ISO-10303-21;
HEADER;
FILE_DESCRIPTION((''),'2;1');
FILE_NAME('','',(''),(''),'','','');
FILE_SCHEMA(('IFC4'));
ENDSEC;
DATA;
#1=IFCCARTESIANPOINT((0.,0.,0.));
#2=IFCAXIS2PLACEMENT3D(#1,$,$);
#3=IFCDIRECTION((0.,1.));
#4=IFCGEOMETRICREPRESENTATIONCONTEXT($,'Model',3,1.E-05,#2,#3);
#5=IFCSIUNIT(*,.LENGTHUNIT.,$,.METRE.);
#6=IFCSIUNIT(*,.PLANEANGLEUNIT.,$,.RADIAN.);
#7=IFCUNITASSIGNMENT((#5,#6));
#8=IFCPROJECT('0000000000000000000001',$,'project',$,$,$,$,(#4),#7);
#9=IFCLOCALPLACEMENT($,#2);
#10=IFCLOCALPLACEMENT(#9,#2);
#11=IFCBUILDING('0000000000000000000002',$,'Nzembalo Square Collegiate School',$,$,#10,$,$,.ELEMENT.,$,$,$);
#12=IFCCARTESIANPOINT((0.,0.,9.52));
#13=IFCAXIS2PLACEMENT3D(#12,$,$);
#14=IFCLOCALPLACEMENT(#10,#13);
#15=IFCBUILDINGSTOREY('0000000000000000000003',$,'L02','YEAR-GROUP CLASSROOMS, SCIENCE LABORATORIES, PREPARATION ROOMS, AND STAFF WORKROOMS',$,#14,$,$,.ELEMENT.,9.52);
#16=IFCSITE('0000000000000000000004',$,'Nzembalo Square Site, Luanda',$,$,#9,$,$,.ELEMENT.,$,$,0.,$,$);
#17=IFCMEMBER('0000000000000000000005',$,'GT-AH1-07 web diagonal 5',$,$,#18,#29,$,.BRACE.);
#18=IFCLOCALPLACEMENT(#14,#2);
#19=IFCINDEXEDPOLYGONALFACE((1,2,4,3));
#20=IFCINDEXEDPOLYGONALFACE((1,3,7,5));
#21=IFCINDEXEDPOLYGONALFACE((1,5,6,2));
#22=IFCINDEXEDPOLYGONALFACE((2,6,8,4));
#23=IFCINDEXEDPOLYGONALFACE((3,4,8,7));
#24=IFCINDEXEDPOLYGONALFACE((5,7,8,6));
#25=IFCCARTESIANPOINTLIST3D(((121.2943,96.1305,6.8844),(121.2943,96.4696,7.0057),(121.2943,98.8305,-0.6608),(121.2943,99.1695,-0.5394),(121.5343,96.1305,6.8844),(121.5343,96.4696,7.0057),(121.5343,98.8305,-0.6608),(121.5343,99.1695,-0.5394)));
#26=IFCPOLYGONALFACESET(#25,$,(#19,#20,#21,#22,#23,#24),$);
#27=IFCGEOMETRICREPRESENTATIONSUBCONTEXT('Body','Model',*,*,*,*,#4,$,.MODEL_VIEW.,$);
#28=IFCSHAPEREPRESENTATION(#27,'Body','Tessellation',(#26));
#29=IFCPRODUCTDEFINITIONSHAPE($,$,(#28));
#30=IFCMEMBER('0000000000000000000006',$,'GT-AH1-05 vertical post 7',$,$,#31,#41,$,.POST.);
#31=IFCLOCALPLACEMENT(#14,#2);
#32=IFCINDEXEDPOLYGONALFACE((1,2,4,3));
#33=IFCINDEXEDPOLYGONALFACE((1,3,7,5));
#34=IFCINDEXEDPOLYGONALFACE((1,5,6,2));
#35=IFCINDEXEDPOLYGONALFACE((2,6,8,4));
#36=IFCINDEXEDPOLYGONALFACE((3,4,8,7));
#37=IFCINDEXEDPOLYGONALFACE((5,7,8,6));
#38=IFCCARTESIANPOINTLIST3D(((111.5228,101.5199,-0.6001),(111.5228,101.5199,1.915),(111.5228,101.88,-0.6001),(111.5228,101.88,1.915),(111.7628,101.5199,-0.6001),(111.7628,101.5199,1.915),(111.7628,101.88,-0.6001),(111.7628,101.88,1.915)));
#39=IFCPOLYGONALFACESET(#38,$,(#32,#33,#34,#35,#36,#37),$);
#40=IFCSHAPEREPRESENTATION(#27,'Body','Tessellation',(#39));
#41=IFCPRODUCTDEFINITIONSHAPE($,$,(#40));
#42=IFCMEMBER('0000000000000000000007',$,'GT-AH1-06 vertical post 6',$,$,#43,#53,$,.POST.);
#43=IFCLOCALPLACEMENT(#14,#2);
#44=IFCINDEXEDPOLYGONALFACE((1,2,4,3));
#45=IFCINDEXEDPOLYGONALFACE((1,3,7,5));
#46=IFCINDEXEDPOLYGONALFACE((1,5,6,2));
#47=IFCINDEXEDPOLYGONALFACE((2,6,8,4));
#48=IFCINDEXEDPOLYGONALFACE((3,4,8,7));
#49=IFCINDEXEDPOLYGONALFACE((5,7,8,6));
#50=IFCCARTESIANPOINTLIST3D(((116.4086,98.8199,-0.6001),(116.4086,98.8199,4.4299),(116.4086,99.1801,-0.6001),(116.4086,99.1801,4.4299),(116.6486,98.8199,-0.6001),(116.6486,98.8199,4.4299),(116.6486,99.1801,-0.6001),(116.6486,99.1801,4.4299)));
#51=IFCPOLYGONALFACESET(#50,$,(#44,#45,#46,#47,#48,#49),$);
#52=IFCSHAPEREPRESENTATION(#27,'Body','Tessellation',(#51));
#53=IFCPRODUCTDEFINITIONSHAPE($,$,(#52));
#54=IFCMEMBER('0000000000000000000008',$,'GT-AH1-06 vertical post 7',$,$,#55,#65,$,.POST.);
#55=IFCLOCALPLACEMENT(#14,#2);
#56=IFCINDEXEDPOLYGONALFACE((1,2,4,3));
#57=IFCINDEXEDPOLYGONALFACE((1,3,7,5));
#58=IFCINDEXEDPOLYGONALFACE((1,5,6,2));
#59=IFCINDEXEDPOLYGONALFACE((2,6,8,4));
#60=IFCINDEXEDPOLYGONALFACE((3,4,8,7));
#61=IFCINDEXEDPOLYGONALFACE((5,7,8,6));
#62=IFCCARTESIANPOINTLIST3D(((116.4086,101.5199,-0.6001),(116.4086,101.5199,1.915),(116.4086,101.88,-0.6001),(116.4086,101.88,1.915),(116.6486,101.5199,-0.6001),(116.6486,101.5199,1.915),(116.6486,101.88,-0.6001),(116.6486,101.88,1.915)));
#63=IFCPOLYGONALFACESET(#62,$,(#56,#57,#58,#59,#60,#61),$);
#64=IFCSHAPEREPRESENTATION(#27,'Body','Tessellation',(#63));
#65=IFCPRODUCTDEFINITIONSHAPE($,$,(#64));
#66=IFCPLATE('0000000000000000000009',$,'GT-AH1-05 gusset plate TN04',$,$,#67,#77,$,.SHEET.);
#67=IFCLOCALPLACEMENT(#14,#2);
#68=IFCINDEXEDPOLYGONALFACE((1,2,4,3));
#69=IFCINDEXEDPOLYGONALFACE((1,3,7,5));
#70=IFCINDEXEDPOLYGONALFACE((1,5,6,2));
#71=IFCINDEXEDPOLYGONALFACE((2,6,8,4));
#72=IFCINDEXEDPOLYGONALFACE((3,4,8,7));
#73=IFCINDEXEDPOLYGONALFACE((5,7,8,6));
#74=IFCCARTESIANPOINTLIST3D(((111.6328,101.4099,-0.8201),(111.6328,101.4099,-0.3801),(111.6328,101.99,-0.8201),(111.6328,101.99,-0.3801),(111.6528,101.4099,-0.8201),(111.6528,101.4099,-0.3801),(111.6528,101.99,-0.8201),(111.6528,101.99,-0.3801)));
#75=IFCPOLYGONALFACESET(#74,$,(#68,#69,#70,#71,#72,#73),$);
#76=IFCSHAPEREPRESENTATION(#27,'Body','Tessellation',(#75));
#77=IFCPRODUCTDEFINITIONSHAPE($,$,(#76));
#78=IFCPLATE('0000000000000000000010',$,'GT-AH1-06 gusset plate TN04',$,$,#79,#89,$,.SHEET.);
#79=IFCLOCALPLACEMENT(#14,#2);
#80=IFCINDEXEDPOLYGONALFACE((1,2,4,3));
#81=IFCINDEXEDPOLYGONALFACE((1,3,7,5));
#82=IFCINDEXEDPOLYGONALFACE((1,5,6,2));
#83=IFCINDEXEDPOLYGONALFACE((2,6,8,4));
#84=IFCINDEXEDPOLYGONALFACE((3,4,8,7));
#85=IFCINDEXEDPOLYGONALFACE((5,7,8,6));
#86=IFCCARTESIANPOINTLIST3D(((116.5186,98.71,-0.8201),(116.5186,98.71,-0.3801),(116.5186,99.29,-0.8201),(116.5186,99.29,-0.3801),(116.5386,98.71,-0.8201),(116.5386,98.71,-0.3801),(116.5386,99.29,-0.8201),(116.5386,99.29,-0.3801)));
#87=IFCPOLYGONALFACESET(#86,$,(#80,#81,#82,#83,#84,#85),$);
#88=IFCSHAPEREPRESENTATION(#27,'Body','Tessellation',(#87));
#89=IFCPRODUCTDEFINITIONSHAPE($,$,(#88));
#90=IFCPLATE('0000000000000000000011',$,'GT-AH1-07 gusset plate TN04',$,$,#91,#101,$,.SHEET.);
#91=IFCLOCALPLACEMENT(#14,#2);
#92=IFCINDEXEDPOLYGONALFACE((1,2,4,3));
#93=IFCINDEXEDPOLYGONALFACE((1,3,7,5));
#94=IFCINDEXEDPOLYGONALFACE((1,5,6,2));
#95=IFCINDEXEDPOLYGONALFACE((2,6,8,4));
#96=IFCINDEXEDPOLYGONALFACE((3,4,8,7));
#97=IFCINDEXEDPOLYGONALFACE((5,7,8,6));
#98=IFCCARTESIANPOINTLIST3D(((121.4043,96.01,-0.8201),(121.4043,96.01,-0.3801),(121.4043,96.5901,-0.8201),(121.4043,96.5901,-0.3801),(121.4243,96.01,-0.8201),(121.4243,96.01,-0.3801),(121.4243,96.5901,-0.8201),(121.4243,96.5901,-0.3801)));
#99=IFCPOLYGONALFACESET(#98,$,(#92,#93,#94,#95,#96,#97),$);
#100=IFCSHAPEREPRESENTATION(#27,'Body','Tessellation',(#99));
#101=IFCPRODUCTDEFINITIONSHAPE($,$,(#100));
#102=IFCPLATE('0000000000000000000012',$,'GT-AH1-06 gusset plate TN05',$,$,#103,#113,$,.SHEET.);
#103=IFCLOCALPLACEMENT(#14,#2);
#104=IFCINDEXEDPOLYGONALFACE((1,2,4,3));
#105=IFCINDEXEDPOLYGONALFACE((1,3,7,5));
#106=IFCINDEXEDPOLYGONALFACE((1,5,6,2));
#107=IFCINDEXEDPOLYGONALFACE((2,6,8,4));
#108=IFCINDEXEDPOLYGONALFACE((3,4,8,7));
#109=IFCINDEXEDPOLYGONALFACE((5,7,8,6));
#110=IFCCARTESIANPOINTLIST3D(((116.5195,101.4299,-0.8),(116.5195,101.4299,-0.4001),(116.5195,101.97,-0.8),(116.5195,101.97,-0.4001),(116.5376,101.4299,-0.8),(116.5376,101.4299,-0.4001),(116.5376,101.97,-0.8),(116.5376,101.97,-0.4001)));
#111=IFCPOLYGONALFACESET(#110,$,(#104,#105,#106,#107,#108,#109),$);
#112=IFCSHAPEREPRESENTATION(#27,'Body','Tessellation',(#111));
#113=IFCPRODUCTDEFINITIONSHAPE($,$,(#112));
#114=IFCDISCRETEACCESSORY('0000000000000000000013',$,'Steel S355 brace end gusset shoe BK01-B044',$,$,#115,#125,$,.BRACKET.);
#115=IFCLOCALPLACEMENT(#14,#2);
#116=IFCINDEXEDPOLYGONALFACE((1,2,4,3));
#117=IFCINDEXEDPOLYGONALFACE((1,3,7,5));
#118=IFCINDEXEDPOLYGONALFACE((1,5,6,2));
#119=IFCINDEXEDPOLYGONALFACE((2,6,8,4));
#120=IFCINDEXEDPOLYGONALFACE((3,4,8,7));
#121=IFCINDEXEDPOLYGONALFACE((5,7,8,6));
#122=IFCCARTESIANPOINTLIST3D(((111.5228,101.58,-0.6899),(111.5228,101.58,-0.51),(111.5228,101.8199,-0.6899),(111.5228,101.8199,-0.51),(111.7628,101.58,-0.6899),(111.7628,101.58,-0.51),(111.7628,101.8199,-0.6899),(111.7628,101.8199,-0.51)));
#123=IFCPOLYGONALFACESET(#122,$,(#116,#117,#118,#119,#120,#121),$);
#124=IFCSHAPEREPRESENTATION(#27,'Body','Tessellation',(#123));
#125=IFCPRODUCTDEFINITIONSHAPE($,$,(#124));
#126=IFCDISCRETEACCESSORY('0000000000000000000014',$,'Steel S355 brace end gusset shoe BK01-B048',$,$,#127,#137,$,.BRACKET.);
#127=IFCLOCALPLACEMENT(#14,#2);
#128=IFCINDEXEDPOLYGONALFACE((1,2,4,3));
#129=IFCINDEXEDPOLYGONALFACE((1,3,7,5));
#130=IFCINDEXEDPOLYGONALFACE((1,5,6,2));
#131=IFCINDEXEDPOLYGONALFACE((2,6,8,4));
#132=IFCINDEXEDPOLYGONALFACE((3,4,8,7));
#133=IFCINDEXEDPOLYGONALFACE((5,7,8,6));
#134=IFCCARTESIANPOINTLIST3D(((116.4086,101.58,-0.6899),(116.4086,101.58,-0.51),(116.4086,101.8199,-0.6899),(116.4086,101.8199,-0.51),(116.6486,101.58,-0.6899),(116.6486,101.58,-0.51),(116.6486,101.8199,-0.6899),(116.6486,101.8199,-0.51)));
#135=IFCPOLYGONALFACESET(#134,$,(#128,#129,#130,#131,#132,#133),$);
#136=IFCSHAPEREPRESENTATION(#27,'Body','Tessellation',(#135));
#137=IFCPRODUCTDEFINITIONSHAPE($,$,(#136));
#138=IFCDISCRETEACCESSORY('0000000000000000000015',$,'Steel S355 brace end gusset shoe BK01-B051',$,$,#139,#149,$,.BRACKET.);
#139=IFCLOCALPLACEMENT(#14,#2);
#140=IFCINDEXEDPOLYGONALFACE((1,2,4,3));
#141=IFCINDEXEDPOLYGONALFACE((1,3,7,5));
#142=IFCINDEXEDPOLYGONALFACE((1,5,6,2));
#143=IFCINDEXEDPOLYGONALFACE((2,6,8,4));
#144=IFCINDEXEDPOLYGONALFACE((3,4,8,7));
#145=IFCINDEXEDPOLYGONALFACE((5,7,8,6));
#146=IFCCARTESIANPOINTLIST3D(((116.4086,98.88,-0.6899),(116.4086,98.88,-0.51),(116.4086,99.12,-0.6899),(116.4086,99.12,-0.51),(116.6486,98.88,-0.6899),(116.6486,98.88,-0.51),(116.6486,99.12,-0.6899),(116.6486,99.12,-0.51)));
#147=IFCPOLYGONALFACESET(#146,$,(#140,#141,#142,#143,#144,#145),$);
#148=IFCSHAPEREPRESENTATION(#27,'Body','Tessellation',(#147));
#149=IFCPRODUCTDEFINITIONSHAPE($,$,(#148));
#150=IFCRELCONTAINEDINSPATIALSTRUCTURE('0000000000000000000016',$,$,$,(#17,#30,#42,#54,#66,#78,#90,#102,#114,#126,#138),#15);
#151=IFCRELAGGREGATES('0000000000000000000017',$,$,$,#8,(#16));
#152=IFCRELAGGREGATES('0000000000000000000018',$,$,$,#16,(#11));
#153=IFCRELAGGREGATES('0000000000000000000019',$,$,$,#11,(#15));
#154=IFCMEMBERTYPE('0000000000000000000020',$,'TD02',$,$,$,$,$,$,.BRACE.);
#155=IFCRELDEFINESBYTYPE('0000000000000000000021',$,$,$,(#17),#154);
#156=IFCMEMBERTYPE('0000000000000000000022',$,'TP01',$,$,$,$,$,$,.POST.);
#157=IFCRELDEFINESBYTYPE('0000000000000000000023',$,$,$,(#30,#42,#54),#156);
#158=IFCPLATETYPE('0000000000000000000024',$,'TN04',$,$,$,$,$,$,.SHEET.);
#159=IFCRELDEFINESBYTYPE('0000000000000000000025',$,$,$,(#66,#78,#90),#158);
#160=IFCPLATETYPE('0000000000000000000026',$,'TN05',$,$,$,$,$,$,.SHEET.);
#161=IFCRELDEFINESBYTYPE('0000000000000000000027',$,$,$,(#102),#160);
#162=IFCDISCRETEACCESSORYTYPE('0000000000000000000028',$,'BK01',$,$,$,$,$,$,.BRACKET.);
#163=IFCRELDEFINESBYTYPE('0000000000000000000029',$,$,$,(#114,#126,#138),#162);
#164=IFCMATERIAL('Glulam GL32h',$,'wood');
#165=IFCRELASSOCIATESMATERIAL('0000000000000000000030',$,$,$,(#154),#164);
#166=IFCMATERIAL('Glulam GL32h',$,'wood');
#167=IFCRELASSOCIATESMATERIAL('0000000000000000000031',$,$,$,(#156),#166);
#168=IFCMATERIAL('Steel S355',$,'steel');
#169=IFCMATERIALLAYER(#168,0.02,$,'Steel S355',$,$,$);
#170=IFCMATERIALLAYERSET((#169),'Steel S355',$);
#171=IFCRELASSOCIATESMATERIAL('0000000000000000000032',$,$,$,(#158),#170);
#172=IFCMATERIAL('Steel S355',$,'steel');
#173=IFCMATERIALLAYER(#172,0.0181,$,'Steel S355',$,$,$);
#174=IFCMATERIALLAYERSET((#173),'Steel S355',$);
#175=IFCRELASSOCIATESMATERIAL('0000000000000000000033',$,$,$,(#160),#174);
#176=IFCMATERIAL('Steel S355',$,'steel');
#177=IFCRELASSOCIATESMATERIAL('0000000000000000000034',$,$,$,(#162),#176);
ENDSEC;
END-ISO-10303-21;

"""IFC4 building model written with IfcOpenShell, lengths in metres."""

from ifc_helpers import new_model, si_unit, direction, frame, origin, origin_2d, place, context, subcontext, project, spatial, rectangle, extrude, material, layer, layer_set, material_profile, profile_set, type_object, element, save


model = new_model("IFC4")

# Units and contexts
model_context = context("Model", 3, precision=1e-05, world=origin(), true_north=direction((0.0, 1.0)))
body_context = subcontext(model_context, "Body", "Model", "MODEL_VIEW")
ifc_project = project(units=[si_unit("LENGTHUNIT", "METRE"), si_unit("PLANEANGLEUNIT", "RADIAN")], contexts=[model_context])

# Site, building, storey
site_placement = place(None, origin())
site = spatial("IfcSite", under=ifc_project, at=site_placement, Name="Nzembalo Square Site, Luanda", CompositionType="ELEMENT", RefElevation=0.0)
building_placement = place(site_placement, origin())
building = spatial("IfcBuilding", under=site, at=building_placement, Name="Nzembalo Square Collegiate School", CompositionType="ELEMENT")
storey_placement = place(building_placement, frame((0.0, 0.0, 9.52)))
storey = spatial("IfcBuildingStorey", under=building, at=storey_placement, Name="L02", Description="YEAR-GROUP CLASSROOMS, SCIENCE LABORATORIES, PREPARATION ROOMS, AND STAFF WORKROOMS", CompositionType="ELEMENT", Elevation=9.52)

# Members
ifc_material_1 = material(Name="Glulam GL32h", Category="wood")
ifc_material_profile_1 = material_profile(ifc_material_1, rectangle(XDim=0.24, YDim=0.3601, at=origin_2d()), Name="GL32h 240x360")
ifc_profile_set_1 = profile_set([ifc_material_profile_1], Name="Glulam GL32h")
member_type_1 = type_object("IfcMemberType", Name="TD02", PredefinedType="BRACE", material=ifc_profile_set_1)
member_1_placement = place(storey_placement, frame((121.4143, 99.0, -0.6001), z_axis=(0.0, -0.336917, 0.941534), x_axis=(1.0, 0.0, 0.0)))
element("IfcMember", 1, at=member_1_placement, inside=storey, type_object=member_type_1, Name="GT-AH1-07 web diagonal 5", PredefinedType="BRACE", context=body_context, shape_type="SweptSolid", body=[
    extrude(rectangle(XDim=0.24, YDim=0.3601, at=origin_2d()), origin(), (0.0, 0.0, 1.0), 8.0137),
])
ifc_material_2 = material(Name="Glulam GL32h", Category="wood")
ifc_material_profile_2 = material_profile(ifc_material_2, rectangle(XDim=0.24, YDim=0.3601, at=origin_2d()), Name="GL32h 240x360")
ifc_profile_set_2 = profile_set([ifc_material_profile_2], Name="Glulam GL32h")
member_type_2 = type_object("IfcMemberType", Name="TP01", PredefinedType="POST", material=ifc_profile_set_2)
member_2_placement = place(storey_placement, frame((111.6428, 101.7, -0.6001), z_axis=(0.0, 0.0, 1.0), x_axis=(1.0, 0.0, 0.0)))
element("IfcMember", 2, at=member_2_placement, inside=storey, type_object=member_type_2, Name="GT-AH1-05 vertical post 7", PredefinedType="POST", context=body_context, shape_type="SweptSolid", body=[
    extrude(rectangle(XDim=0.24, YDim=0.3601, at=origin_2d()), origin(), (0.0, 0.0, 1.0), 2.5151),
])
member_3_placement = place(storey_placement, frame((116.5286, 99.0, -0.6001), z_axis=(0.0, 0.0, 1.0), x_axis=(1.0, 0.0, 0.0)))
element("IfcMember", 3, at=member_3_placement, inside=storey, type_object=member_type_2, Name="GT-AH1-06 vertical post 6", PredefinedType="POST", context=body_context, shape_type="SweptSolid", body=[
    extrude(rectangle(XDim=0.24, YDim=0.3601, at=origin_2d()), origin(), (0.0, 0.0, 1.0), 5.03),
])
member_4_placement = place(storey_placement, frame((116.5286, 101.7, -0.6001), z_axis=(0.0, 0.0, 1.0), x_axis=(1.0, 0.0, 0.0)))
element("IfcMember", 4, at=member_4_placement, inside=storey, type_object=member_type_2, Name="GT-AH1-06 vertical post 7", PredefinedType="POST", context=body_context, shape_type="SweptSolid", body=[
    extrude(rectangle(XDim=0.24, YDim=0.3601, at=origin_2d()), origin(), (0.0, 0.0, 1.0), 2.5151),
])

# Plates
ifc_material_3 = material(Name="Steel S355", Category="steel")
ifc_layer_1 = layer(ifc_material_3, 0.02, Name="Steel S355")
ifc_layer_set_1 = layer_set([ifc_layer_1], Name="Steel S355")
plate_type_1 = type_object("IfcPlateType", Name="TN04", PredefinedType="SHEET", material=ifc_layer_set_1)
for number, where, z_axis, x_axis, name in (
    (5, (111.6428, 101.7, -0.8201), (0.0, 0.0, 1.0), (0.0, 1.0, 0.0), "GT-AH1-05 gusset plate TN04"),
    (6, (116.5286, 99.0, -0.8201), (0.0, 0.0, 1.0), (0.0, 1.0, 0.0), "GT-AH1-06 gusset plate TN04"),
    (7, (121.4143, 96.3, -0.8201), (0.0, 0.0, 1.0), (0.0, 1.0, 0.0), "GT-AH1-07 gusset plate TN04"),
):
    element("IfcPlate", number, at=place(storey_placement, frame(where, z_axis=z_axis, x_axis=x_axis)), inside=storey, type_object=plate_type_1, Name=name, PredefinedType="SHEET", context=body_context, shape_type="SweptSolid", body=[
        extrude(rectangle(XDim=0.5801, YDim=0.02, at=origin_2d()), origin(), (0.0, 0.0, 1.0), 0.4399),
    ])
ifc_material_4 = material(Name="Steel S355", Category="steel")
ifc_layer_2 = layer(ifc_material_4, 0.0181, Name="Steel S355")
ifc_layer_set_2 = layer_set([ifc_layer_2], Name="Steel S355")
plate_type_2 = type_object("IfcPlateType", Name="TN05", PredefinedType="SHEET", material=ifc_layer_set_2)
plate_placement = place(storey_placement, frame((116.5286, 101.7, -0.8), z_axis=(0.0, 0.0, 1.0), x_axis=(0.0, 1.0, 0.0)))
element("IfcPlate", 8, at=plate_placement, inside=storey, type_object=plate_type_2, Name="GT-AH1-06 gusset plate TN05", PredefinedType="SHEET", context=body_context, shape_type="SweptSolid", body=[
    extrude(rectangle(XDim=0.54, YDim=0.0181, at=origin_2d()), origin(), (0.0, 0.0, 1.0), 0.3999),
])

# Discrete accessories
ifc_material_5 = material(Name="Steel S355", Category="steel")
discrete_accessory_type = type_object("IfcDiscreteAccessoryType", Name="BK01", PredefinedType="BRACKET", material=ifc_material_5)
for number, where, z_axis, x_axis, name in (
    (9, (111.6428, 101.7, -0.6899), (0.0, 0.0, 1.0), (1.0, 0.0, 0.0), "Steel S355 brace end gusset shoe BK01-B044"),
    (10, (116.5286, 101.7, -0.6899), (0.0, 0.0, 1.0), (1.0, 0.0, 0.0), "Steel S355 brace end gusset shoe BK01-B048"),
    (11, (116.5286, 99.0, -0.6899), (0.0, 0.0, 1.0), (1.0, 0.0, 0.0), "Steel S355 brace end gusset shoe BK01-B051"),
):
    element("IfcDiscreteAccessory", number, at=place(storey_placement, frame(where, z_axis=z_axis, x_axis=x_axis)), inside=storey, type_object=discrete_accessory_type, Name=name, PredefinedType="BRACKET", context=body_context, shape_type="SweptSolid", body=[
        extrude(rectangle(XDim=0.24, YDim=0.24, at=origin_2d()), origin(), (0.0, 0.0, 1.0), 0.1799),
    ])

save(model, "model.ifc")
